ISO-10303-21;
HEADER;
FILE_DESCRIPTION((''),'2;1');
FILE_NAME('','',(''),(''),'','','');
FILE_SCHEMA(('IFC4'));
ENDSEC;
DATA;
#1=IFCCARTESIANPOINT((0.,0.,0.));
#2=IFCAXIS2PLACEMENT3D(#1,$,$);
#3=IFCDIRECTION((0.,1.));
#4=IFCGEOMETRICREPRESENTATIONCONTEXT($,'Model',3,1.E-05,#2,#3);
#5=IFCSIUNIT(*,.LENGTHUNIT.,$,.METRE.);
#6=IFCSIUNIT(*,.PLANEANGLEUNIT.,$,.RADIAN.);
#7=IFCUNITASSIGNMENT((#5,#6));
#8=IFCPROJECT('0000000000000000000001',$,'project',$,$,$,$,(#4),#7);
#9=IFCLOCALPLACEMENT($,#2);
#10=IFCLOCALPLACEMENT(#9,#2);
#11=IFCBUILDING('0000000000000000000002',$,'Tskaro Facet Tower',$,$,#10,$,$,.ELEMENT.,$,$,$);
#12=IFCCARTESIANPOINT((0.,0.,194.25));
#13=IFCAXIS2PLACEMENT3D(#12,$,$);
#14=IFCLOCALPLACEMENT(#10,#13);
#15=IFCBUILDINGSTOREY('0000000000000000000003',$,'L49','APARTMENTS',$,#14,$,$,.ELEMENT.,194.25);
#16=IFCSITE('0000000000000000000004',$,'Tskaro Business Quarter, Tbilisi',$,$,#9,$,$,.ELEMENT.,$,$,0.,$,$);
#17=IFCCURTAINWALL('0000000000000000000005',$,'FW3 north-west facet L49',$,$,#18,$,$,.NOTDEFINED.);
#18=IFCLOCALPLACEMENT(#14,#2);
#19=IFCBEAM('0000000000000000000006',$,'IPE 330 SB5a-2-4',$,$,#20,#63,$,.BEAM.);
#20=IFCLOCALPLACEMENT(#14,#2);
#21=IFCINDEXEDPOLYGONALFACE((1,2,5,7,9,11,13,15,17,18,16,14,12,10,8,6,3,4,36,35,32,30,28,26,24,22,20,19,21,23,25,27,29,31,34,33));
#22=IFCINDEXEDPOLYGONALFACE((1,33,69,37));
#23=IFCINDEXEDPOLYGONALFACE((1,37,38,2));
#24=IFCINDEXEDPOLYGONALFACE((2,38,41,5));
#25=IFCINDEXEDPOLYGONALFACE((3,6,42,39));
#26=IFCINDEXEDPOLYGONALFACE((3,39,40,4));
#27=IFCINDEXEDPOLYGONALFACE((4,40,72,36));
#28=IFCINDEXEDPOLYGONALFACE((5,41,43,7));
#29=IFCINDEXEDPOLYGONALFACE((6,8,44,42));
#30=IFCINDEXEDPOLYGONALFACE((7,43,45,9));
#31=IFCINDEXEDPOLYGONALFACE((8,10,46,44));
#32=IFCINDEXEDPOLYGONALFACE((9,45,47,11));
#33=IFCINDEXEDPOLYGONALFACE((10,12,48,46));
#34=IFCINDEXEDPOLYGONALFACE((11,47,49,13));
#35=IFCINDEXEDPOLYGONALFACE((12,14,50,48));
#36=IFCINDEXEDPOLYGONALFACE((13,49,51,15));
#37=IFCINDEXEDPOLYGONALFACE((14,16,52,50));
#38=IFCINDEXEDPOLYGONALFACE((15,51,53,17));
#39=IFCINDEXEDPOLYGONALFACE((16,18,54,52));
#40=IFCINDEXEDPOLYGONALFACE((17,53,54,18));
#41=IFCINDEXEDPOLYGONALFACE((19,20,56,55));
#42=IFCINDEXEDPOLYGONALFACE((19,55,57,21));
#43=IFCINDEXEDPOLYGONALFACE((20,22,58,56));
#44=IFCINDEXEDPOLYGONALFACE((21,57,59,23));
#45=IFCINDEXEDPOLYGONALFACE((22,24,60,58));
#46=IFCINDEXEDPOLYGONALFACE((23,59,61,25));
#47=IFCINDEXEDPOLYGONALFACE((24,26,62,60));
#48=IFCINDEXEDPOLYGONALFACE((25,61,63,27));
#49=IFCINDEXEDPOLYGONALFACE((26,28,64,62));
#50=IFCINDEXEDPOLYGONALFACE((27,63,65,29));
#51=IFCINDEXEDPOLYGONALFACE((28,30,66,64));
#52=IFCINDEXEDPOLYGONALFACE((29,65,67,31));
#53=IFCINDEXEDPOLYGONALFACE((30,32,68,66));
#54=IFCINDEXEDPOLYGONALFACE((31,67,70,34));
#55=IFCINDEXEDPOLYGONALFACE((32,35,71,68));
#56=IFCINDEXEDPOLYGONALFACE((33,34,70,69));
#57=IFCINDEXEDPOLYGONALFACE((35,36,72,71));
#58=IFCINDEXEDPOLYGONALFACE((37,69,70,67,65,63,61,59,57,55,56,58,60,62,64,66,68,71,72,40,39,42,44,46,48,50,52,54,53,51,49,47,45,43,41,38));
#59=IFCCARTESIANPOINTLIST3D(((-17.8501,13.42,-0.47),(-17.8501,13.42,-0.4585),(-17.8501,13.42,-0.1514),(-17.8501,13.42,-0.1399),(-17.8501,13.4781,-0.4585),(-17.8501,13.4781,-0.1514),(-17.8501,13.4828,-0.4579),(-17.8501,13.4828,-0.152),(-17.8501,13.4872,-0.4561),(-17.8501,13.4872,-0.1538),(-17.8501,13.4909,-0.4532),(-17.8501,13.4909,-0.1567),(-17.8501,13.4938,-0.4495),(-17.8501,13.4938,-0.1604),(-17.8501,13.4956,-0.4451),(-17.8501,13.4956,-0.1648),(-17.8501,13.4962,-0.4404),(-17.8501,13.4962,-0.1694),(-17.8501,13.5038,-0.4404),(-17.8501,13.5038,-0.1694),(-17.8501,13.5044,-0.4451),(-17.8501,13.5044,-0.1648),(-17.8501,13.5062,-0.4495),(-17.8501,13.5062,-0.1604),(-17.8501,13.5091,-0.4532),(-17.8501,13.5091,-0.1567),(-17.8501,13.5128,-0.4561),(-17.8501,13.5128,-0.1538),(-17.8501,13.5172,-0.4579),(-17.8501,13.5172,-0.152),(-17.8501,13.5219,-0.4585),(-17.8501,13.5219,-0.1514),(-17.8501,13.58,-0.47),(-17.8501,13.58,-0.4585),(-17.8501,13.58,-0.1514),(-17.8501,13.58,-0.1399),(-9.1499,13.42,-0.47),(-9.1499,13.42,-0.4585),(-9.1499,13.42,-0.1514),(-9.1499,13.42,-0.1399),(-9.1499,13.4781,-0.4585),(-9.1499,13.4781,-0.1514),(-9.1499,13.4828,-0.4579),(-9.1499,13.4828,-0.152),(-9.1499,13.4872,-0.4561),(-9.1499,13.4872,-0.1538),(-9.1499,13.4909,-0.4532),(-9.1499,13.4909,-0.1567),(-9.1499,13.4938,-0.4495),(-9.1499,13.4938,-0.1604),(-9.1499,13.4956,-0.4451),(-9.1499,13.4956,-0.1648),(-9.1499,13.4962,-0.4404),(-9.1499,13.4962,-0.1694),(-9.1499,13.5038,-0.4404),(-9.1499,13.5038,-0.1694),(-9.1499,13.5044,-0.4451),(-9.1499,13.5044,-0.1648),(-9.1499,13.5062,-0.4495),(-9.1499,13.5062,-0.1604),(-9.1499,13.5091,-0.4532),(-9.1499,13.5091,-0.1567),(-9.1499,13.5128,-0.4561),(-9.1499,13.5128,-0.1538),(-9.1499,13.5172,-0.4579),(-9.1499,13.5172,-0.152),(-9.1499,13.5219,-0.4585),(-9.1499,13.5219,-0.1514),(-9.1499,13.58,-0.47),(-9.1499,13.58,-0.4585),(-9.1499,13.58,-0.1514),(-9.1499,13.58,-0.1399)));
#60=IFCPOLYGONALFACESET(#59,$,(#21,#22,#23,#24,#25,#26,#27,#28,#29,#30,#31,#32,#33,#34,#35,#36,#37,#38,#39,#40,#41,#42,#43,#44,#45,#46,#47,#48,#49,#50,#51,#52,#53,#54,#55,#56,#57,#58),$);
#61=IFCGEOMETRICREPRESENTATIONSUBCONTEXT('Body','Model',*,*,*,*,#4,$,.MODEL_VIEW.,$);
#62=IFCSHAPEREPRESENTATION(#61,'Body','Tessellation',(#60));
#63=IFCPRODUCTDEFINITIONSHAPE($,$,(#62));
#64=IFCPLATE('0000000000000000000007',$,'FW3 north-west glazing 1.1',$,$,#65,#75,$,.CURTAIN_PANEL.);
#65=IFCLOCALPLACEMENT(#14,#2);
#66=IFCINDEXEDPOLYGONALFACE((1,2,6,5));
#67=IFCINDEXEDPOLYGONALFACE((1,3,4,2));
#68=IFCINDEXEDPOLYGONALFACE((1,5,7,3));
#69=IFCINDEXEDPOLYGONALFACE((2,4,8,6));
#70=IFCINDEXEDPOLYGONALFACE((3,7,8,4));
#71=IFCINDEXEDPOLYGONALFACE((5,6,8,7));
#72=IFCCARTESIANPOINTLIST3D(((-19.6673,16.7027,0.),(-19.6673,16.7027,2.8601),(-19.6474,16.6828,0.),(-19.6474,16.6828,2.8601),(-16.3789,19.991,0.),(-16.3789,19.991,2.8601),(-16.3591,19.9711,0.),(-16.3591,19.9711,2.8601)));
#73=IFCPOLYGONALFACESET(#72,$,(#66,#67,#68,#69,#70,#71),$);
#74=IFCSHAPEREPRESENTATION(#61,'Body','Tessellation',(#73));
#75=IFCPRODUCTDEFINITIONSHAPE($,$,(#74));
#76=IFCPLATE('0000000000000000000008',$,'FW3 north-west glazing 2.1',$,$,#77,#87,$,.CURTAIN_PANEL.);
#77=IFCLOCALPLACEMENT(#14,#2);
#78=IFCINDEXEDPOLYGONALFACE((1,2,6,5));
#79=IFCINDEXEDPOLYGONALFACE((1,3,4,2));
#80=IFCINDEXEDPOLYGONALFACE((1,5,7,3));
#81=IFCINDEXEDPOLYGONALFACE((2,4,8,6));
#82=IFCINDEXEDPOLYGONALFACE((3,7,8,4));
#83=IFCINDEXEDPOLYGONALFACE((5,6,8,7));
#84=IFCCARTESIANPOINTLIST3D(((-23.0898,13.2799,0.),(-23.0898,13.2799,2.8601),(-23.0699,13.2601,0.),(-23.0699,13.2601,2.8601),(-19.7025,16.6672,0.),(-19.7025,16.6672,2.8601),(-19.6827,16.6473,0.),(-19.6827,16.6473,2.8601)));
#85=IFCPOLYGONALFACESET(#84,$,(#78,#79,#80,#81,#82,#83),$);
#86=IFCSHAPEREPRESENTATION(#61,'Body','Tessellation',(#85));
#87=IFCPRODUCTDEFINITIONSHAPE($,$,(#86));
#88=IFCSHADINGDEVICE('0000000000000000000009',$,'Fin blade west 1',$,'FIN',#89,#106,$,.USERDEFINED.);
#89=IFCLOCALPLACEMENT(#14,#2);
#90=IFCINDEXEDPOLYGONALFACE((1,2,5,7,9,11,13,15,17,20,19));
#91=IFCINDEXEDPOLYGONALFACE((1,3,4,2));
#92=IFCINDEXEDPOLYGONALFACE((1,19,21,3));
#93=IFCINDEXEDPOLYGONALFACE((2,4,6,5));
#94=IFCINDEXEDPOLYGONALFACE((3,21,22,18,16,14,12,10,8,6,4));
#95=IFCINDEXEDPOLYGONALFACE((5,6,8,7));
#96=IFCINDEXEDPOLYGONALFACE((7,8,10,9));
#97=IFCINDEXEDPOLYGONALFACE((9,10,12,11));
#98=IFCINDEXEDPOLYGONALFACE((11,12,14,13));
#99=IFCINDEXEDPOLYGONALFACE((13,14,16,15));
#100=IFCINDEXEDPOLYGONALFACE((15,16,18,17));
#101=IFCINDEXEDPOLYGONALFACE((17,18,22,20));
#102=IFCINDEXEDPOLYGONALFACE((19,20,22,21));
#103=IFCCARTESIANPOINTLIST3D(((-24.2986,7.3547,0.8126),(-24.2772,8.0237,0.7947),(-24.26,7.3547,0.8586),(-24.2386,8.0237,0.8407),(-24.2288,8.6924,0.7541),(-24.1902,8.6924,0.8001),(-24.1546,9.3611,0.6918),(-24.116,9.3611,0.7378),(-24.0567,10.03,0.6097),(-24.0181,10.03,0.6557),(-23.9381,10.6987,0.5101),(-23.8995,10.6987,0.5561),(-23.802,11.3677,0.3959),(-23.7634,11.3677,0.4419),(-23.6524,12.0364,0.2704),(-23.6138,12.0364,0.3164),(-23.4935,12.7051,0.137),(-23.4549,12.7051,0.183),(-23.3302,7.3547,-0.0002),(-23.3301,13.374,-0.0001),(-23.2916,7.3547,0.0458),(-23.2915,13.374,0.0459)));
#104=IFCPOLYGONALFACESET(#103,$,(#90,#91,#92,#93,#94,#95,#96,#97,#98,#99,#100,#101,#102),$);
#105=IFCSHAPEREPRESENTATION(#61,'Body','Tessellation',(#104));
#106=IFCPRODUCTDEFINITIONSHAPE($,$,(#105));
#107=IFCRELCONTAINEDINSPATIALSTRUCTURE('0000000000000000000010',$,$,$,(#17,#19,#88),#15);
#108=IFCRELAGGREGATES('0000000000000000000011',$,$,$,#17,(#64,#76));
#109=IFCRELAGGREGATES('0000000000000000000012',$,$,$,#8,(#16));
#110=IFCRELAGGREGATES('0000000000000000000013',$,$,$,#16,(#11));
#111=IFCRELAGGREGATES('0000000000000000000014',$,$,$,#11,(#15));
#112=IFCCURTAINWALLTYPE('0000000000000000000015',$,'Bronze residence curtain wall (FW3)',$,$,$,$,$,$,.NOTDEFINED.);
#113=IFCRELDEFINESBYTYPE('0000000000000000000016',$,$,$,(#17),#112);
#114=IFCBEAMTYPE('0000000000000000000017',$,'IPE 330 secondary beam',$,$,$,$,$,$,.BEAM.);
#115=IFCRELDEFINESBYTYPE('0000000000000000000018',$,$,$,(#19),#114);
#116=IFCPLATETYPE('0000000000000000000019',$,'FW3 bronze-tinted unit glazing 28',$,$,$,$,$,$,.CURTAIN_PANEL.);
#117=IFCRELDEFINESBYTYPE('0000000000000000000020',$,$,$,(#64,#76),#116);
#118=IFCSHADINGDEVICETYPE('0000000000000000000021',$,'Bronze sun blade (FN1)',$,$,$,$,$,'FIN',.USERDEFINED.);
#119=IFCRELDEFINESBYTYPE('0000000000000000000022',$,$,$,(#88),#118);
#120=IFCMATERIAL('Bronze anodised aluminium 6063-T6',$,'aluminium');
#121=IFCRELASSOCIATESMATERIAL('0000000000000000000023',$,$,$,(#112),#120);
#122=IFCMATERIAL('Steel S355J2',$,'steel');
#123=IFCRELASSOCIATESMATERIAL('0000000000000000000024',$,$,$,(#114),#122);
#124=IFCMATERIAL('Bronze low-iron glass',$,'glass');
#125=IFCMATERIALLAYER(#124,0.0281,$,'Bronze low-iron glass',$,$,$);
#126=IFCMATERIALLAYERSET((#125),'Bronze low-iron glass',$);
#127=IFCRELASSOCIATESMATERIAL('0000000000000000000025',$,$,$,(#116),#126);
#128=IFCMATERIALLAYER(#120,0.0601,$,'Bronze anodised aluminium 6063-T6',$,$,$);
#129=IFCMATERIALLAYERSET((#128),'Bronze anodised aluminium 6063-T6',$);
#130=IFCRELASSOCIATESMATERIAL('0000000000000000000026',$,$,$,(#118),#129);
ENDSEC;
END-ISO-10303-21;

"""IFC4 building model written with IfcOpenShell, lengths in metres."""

from ifc_helpers import new_model, si_unit, direction, frame, origin, origin_2d, place, context, subcontext, project, spatial, polyline, rectangle, i_section, outline, extrude, material, layer, layer_set, material_profile, profile_set, type_object, element, aggregate, save


model = new_model("IFC4")

# Units and contexts
model_context = context("Model", 3, precision=1e-05, world=origin(), true_north=direction((0.0, 1.0)))
body_context = subcontext(model_context, "Body", "Model", "MODEL_VIEW")
ifc_project = project(units=[si_unit("LENGTHUNIT", "METRE"), si_unit("PLANEANGLEUNIT", "RADIAN")], contexts=[model_context])

# Site, building, storey
site_placement = place(None, origin())
site = spatial("IfcSite", under=ifc_project, at=site_placement, Name="Tskaro Business Quarter, Tbilisi", CompositionType="ELEMENT", RefElevation=0.0)
building_placement = place(site_placement, origin())
building = spatial("IfcBuilding", under=site, at=building_placement, Name="Tskaro Facet Tower", CompositionType="ELEMENT")
storey_placement = place(building_placement, frame((0.0, 0.0, 194.25)))
storey = spatial("IfcBuildingStorey", under=building, at=storey_placement, Name="L49", Description="APARTMENTS", CompositionType="ELEMENT", Elevation=194.25)

# Curtain wall
ifc_material_1 = material(Name="Bronze anodised aluminium 6063-T6", Category="aluminium")
curtain_wall_type = type_object("IfcCurtainWallType", Name="Bronze residence curtain wall (FW3)", PredefinedType="NOTDEFINED", material=ifc_material_1)
curtain_wall_1_placement = place(storey_placement, origin())
curtain_wall_1 = element("IfcCurtainWall", 1, at=curtain_wall_1_placement, inside=storey, type_object=curtain_wall_type, Name="FW3 north-west facet L49", PredefinedType="NOTDEFINED")

# Beam
ifc_material_2 = material(Name="Steel S355J2", Category="steel")
ifc_material_profile_1 = material_profile(ifc_material_2, i_section(OverallWidth=0.1599, OverallDepth=0.3301, WebThickness=0.0076, FlangeThickness=0.0115, FilletRadius=0.0181, at=origin_2d()), Name="IPE 330")
ifc_profile_set_1 = profile_set([ifc_material_profile_1], Name="Steel S355J2")
beam_type_1 = type_object("IfcBeamType", Name="IPE 330 secondary beam", PredefinedType="BEAM", material=ifc_profile_set_1)
beam_1_placement = place(storey_placement, frame((-17.8501, 13.5, -0.3049), z_axis=(1.0, 0.0, 0.0), x_axis=(0.0, 1.0, 0.0)))
element("IfcBeam", 2, at=beam_1_placement, inside=storey, type_object=beam_type_1, Name="IPE 330 SB5a-2-4", PredefinedType="BEAM", context=body_context, shape_type="SweptSolid", body=[
    extrude(i_section(OverallWidth=0.1599, OverallDepth=0.3301, WebThickness=0.0076, FlangeThickness=0.0115, FilletRadius=0.0181, at=origin_2d()), origin(), (0.0, 0.0, 1.0), 8.7002),
])

# Plates
ifc_material_3 = material(Name="Bronze low-iron glass", Category="glass")
ifc_layer_1 = layer(ifc_material_3, 0.0281, Name="Bronze low-iron glass")
ifc_layer_set_1 = layer_set([ifc_layer_1], Name="Bronze low-iron glass")
plate_type = type_object("IfcPlateType", Name="FW3 bronze-tinted unit glazing 28", PredefinedType="CURTAIN_PANEL", material=ifc_layer_set_1)
plate_1_placement = place(storey_placement, frame((-18.0132, 18.3369, 0.0), z_axis=(0.0, 0.0, 1.0), x_axis=(-0.707107, -0.707107, 0.0)))
plate_1 = element("IfcPlate", 3, at=plate_1_placement, type_object=plate_type, Name="FW3 north-west glazing 1.1", PredefinedType="CURTAIN_PANEL", context=body_context, shape_type="SweptSolid", body=[
    extrude(rectangle(XDim=4.6504, YDim=0.0281, at=origin_2d()), origin(), (0.0, 0.0, 1.0), 2.8601),
])
plate_2_placement = place(storey_placement, frame((-21.3862, 14.9636, 0.0), z_axis=(0.0, 0.0, 1.0), x_axis=(-0.707107, -0.707107, 0.0)))
plate_2 = element("IfcPlate", 4, at=plate_2_placement, type_object=plate_type, Name="FW3 north-west glazing 2.1", PredefinedType="CURTAIN_PANEL", context=body_context, shape_type="SweptSolid", body=[
    extrude(rectangle(XDim=4.7903, YDim=0.0281, at=origin_2d()), origin(), (0.0, 0.0, 1.0), 2.8601),
])
aggregate(curtain_wall_1, [plate_1, plate_2])

# Shading device
ifc_layer_2 = layer(ifc_material_1, 0.0601, Name="Bronze anodised aluminium 6063-T6")
ifc_layer_set_2 = layer_set([ifc_layer_2], Name="Bronze anodised aluminium 6063-T6")
shading_device_type = type_object("IfcShadingDeviceType", Name="Bronze sun blade (FN1)", ElementType="FIN", PredefinedType="USERDEFINED", material=ifc_layer_set_2)
shading_device_placement = place(storey_placement, frame((-23.2915, 13.374, 0.0459), z_axis=(0.642877, -0.000015, 0.765969), x_axis=(-0.00001, -1.0, -0.000011)))
element("IfcShadingDevice", 5, at=shading_device_placement, inside=storey, type_object=shading_device_type, Name="Fin blade west 1", ObjectType="FIN", PredefinedType="USERDEFINED", context=body_context, shape_type="SweptSolid", body=[
    extrude(outline(polyline([(0.0, 0.0), (6.0193, 0.0), (6.0193, -1.2643), (5.3503, -1.2364), (4.6816, -1.1732), (4.0129, -1.0763), (3.344, -0.9486), (2.6753, -0.7937), (2.0063, -0.6161), (1.3376, -0.4207), (0.6689, -0.2133), (0.0, 0.0)])), origin(), (0.0, 0.0, -1.0), 0.0601),
])

save(model, "model.ifc")
